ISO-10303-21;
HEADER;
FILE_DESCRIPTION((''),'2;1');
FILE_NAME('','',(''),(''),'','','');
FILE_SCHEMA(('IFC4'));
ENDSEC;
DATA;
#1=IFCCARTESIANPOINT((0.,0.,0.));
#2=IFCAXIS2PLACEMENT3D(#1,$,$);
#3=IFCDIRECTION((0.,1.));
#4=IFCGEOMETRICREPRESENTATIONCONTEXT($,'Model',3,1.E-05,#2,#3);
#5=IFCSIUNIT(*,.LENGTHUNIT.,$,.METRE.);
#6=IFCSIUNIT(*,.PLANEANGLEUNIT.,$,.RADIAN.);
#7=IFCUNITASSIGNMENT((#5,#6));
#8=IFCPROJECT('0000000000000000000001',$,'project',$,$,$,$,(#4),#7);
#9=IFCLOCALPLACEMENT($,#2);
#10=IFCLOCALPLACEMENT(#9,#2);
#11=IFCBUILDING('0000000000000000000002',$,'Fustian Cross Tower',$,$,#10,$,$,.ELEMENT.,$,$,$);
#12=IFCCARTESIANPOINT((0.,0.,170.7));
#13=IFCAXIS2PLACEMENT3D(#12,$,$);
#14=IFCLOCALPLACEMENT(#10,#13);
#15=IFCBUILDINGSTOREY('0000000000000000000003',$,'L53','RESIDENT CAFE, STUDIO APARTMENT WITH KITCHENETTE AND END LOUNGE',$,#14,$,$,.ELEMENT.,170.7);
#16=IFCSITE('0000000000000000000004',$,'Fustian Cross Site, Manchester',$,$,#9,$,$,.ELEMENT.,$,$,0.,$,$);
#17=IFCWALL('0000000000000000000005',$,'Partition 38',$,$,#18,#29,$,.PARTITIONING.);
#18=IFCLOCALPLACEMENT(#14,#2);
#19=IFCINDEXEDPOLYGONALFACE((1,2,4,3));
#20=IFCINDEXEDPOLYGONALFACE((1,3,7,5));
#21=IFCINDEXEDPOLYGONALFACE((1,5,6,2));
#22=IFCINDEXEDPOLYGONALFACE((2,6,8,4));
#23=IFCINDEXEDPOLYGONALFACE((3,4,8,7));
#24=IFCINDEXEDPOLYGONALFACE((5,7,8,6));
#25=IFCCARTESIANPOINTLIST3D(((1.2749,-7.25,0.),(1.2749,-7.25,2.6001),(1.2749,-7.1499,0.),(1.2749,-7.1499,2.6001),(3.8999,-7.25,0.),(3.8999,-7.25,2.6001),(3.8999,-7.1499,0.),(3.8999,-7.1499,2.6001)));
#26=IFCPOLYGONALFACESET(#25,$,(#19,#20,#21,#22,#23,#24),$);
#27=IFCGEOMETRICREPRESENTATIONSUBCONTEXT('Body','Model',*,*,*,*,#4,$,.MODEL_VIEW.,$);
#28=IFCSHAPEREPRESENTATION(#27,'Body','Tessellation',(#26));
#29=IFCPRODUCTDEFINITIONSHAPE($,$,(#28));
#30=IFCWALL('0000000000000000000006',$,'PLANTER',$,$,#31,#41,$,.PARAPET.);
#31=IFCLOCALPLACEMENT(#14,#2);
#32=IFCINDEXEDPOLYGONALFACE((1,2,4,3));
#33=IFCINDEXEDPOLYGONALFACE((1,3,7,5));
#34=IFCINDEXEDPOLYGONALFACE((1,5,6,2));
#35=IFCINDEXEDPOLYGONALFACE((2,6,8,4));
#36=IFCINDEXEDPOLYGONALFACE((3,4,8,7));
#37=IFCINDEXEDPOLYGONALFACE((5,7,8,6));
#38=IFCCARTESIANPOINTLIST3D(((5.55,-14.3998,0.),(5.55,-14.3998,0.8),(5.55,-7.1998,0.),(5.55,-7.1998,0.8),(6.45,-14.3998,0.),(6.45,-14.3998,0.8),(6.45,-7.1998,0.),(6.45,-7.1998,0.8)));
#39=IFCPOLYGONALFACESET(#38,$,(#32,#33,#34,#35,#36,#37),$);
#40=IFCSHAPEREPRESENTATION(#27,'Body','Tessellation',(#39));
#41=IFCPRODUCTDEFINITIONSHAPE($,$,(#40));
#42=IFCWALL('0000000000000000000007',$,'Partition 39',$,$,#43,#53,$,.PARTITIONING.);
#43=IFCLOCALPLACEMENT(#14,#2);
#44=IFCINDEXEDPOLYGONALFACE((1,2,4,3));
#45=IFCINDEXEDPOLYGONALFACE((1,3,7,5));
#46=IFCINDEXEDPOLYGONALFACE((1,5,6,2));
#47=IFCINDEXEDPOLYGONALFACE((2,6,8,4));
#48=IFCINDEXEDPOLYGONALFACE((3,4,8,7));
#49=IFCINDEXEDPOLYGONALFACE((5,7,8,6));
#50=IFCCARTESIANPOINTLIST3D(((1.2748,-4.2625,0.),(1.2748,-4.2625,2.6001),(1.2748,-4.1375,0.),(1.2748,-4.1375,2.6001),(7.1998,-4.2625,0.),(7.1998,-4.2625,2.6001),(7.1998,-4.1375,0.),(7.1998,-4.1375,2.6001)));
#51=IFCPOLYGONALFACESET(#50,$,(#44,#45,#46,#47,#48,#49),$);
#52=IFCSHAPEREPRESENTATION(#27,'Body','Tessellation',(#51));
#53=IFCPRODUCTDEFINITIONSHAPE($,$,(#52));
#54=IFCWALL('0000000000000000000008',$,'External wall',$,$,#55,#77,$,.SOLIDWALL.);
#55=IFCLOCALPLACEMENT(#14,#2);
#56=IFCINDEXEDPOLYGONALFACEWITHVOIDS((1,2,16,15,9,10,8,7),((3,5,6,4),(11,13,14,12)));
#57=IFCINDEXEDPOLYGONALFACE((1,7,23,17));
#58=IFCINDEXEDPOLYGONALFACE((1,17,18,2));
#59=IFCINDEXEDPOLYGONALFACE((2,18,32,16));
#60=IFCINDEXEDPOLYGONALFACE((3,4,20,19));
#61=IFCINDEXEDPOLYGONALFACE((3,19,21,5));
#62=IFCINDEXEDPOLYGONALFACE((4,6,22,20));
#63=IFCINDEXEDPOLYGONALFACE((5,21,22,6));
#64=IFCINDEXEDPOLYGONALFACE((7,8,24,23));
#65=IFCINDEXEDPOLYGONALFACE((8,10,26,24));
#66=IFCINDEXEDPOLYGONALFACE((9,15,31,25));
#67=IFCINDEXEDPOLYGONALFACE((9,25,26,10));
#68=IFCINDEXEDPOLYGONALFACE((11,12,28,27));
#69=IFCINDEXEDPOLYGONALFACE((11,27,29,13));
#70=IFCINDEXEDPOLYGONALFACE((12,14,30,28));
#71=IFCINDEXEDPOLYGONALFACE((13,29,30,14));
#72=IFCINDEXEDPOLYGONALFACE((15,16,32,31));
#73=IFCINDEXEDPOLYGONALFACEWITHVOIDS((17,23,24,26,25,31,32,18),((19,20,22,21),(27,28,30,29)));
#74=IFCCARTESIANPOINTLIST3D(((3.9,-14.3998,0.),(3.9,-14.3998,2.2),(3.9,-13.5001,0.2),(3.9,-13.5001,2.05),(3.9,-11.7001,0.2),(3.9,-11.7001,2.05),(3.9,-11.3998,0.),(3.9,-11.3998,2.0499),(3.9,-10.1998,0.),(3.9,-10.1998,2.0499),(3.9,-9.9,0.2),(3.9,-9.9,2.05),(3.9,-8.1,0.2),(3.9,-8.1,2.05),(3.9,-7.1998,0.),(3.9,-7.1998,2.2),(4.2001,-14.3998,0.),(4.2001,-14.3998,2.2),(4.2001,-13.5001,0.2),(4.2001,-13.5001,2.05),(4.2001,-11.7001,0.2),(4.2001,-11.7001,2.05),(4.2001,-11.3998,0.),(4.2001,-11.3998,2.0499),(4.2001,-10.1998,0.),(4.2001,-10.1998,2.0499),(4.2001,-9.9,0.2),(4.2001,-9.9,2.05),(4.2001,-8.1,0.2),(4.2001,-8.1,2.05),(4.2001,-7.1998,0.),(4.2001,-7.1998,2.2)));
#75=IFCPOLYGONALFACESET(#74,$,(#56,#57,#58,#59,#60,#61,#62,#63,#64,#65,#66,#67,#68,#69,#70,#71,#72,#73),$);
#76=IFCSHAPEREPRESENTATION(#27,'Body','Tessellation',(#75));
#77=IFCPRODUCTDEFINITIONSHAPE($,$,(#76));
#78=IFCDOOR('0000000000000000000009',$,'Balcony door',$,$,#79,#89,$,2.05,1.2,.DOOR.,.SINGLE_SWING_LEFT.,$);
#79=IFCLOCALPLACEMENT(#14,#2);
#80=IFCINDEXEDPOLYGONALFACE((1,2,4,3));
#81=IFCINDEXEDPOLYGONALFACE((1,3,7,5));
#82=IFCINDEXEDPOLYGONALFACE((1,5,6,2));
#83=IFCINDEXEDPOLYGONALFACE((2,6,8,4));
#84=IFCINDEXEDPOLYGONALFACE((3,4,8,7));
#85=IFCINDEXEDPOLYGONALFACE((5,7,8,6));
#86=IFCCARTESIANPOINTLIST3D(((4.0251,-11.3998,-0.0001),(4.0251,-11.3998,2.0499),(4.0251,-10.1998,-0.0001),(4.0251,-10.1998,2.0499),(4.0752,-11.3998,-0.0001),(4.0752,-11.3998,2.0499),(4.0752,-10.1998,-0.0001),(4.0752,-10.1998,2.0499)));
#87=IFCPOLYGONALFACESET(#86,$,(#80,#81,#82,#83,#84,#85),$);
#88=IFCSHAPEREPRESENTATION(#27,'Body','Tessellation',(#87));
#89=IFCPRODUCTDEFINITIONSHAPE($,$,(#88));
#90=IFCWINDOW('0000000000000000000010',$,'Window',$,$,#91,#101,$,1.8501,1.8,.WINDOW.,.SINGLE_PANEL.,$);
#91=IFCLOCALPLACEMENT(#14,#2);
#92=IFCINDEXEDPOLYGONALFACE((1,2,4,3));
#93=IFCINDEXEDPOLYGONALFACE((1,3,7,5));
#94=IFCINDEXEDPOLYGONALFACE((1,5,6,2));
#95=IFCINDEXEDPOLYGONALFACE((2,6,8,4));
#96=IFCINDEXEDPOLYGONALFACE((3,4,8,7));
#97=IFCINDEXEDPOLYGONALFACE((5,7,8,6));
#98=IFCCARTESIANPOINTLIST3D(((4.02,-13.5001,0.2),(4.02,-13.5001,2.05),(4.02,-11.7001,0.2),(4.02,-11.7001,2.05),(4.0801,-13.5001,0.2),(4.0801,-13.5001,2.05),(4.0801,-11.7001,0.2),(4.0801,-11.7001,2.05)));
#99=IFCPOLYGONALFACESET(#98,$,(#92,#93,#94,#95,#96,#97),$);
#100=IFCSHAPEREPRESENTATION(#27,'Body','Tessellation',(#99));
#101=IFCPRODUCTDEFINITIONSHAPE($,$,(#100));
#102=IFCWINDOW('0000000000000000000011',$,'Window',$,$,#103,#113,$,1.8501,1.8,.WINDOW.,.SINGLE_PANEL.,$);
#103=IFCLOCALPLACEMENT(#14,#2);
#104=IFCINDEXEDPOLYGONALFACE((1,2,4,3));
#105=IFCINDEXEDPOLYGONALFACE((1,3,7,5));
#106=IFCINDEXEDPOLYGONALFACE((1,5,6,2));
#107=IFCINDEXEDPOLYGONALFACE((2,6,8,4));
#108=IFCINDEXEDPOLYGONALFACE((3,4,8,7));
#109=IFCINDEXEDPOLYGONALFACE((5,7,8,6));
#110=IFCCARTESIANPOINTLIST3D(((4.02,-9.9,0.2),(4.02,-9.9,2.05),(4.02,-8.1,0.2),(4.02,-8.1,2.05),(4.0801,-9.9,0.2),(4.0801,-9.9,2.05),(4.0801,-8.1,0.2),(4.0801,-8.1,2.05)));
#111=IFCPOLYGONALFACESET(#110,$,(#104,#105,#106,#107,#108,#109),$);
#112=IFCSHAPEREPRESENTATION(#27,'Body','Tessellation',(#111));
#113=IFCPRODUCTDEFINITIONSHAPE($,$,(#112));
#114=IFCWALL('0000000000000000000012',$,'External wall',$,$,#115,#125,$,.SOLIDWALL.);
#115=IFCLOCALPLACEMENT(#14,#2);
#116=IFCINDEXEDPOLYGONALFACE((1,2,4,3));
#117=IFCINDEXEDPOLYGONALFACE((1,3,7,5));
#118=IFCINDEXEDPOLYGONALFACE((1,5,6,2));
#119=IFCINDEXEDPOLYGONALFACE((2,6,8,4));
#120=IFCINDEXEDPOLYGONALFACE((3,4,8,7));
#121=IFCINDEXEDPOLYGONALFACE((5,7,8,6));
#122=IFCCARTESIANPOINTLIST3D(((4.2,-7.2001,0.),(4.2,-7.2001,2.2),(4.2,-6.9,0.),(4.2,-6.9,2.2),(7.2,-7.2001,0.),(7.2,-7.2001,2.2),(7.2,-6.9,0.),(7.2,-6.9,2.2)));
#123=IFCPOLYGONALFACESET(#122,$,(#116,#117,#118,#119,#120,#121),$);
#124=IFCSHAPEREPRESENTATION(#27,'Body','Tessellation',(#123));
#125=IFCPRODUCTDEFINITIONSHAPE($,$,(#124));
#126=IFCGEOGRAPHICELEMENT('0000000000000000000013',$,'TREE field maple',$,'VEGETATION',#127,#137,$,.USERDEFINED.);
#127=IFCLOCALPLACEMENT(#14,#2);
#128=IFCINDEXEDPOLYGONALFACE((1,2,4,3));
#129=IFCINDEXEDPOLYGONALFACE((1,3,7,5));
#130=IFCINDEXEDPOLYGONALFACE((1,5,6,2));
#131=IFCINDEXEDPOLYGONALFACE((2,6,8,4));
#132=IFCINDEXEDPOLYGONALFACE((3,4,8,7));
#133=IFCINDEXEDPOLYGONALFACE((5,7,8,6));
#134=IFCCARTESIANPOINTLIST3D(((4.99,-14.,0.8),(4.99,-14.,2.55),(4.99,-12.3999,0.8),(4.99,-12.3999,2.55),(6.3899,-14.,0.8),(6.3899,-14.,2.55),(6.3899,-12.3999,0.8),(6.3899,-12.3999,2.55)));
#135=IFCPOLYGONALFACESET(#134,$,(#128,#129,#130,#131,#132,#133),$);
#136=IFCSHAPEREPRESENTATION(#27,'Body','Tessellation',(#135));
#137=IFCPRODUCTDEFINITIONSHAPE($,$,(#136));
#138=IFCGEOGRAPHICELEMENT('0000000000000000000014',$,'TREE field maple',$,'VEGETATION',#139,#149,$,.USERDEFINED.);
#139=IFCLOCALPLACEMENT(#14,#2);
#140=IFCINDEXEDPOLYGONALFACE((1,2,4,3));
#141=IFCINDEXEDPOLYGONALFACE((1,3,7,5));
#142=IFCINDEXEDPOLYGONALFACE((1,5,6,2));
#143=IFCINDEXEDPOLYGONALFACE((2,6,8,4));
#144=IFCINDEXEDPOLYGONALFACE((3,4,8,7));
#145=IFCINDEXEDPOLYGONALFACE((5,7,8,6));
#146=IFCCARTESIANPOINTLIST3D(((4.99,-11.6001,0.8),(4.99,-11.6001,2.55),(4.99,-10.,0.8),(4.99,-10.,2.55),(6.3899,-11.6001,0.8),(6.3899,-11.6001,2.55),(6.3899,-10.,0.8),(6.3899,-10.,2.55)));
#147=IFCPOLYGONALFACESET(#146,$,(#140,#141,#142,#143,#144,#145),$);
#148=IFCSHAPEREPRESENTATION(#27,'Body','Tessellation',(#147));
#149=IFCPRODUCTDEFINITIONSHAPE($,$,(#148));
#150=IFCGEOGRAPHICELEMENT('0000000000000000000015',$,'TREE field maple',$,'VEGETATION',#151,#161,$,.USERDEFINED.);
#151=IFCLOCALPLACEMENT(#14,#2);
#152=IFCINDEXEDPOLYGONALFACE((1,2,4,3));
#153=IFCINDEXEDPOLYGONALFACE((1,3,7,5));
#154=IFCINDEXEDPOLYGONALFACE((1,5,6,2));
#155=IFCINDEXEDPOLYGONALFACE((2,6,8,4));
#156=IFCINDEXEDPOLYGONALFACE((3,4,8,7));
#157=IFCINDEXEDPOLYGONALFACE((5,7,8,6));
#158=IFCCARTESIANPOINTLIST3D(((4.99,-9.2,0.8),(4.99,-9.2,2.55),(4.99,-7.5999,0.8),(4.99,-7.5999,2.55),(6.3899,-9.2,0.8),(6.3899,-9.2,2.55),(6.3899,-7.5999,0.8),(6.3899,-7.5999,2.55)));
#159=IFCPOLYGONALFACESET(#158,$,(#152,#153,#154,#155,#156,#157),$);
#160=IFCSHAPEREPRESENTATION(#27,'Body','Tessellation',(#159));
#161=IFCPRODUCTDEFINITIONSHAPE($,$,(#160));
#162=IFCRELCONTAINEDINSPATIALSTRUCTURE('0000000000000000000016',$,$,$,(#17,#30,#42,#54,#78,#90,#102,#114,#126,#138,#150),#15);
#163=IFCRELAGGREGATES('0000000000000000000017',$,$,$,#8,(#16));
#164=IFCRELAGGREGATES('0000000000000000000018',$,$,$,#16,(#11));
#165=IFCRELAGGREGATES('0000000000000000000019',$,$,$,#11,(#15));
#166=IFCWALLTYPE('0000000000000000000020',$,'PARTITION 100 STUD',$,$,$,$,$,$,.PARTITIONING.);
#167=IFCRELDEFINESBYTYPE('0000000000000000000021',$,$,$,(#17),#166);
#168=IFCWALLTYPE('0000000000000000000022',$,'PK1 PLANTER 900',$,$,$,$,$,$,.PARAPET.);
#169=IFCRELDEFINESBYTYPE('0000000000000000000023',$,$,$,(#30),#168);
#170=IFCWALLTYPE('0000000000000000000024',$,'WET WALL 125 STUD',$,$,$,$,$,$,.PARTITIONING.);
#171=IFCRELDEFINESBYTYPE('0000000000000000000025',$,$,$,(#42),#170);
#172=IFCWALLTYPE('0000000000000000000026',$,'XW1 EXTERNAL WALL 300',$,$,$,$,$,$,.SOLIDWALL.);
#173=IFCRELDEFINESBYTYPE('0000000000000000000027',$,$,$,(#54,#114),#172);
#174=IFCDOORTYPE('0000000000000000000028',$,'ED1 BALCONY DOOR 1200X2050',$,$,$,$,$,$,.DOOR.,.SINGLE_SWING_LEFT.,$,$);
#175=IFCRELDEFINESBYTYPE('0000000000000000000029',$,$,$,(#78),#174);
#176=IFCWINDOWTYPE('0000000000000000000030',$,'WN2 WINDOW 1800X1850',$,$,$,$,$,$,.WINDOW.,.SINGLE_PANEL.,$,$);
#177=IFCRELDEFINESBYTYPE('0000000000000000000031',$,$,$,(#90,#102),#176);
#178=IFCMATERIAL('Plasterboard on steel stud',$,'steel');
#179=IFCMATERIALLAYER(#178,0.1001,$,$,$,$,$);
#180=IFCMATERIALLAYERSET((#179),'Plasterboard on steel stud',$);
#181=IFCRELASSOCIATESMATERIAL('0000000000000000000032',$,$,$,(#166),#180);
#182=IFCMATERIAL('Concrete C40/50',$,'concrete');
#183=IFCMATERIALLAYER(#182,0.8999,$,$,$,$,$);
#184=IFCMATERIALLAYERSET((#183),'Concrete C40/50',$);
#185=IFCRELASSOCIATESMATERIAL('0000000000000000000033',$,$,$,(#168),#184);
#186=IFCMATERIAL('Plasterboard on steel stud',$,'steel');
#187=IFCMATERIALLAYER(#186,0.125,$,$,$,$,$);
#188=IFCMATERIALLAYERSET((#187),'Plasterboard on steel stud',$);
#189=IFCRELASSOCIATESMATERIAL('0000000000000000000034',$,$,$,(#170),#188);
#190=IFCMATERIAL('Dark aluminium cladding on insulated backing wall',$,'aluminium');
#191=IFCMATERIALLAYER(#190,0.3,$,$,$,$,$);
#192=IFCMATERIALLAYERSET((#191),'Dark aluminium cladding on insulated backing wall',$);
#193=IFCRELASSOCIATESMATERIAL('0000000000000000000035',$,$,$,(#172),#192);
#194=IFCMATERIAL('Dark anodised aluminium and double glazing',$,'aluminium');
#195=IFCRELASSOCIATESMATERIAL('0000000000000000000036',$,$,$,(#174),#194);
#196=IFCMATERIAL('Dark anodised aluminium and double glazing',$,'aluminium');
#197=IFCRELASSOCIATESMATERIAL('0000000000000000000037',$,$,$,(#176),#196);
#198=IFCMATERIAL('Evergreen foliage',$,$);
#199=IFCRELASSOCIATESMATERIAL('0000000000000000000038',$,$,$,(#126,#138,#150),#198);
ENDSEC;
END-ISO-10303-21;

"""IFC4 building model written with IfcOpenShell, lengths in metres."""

from ifc_helpers import new_model, si_unit, direction, frame, frame_2d, origin, origin_2d, place, context, subcontext, project, spatial, rectangle, extrude, material, layer, layer_set, type_object, element, fill, save


model = new_model("IFC4")

# Units and contexts
model_context = context("Model", 3, precision=1e-05, world=origin(), true_north=direction((0.0, 1.0)))
body_context = subcontext(model_context, "Body", "Model", "MODEL_VIEW")
ifc_project = project(units=[si_unit("LENGTHUNIT", "METRE"), si_unit("PLANEANGLEUNIT", "RADIAN")], contexts=[model_context])

# Site, building, storey
site_placement = place(None, origin())
site = spatial("IfcSite", under=ifc_project, at=site_placement, Name="Fustian Cross Site, Manchester", CompositionType="ELEMENT", RefElevation=0.0)
building_placement = place(site_placement, origin())
building = spatial("IfcBuilding", under=site, at=building_placement, Name="Fustian Cross Tower", CompositionType="ELEMENT")
storey_placement = place(building_placement, frame((0.0, 0.0, 170.7)))
storey = spatial("IfcBuildingStorey", under=building, at=storey_placement, Name="L53", Description="RESIDENT CAFE, STUDIO APARTMENT WITH KITCHENETTE AND END LOUNGE", CompositionType="ELEMENT", Elevation=170.7)

# Walls
ifc_material_1 = material(Name="Plasterboard on steel stud", Category="steel")
ifc_layer_1 = layer(ifc_material_1, 0.1001)
ifc_layer_set_1 = layer_set([ifc_layer_1], Name="Plasterboard on steel stud")
wall_type_1 = type_object("IfcWallType", Name="PARTITION 100 STUD", PredefinedType="PARTITIONING", material=ifc_layer_set_1)
for number, where, z_axis, x_axis, name in (
    (1, (1.2749, -7.2, 0.0), (0.0, 0.0, 1.0), (1.0, 0.0, 0.0), "Partition 38"),
):
    element("IfcWall", number, at=place(storey_placement, frame(where, z_axis=z_axis, x_axis=x_axis)), inside=storey, type_object=wall_type_1, Name=name, PredefinedType="PARTITIONING", context=body_context, shape_type="SweptSolid", body=[
        extrude(rectangle(XDim=2.625, YDim=0.1001, at=frame_2d((1.3125, 0.0))), origin(), (0.0, 0.0, 1.0), 2.6001),
    ])
ifc_material_2 = material(Name="Concrete C40/50", Category="concrete")
ifc_layer_2 = layer(ifc_material_2, 0.8999)
ifc_layer_set_2 = layer_set([ifc_layer_2], Name="Concrete C40/50")
wall_type_2 = type_object("IfcWallType", Name="PK1 PLANTER 900", PredefinedType="PARAPET", material=ifc_layer_set_2)
wall_1_placement = place(storey_placement, frame((6.0, -14.3999, 0.0), z_axis=(0.0, 0.0, 1.0), x_axis=(0.0, 1.0, 0.0)))
element("IfcWall", 2, at=wall_1_placement, inside=storey, type_object=wall_type_2, Name="PLANTER", PredefinedType="PARAPET", context=body_context, shape_type="SweptSolid", body=[
    extrude(rectangle(XDim=7.2, YDim=0.8999, at=frame_2d((3.6001, 0.0))), origin(), (0.0, 0.0, 1.0), 0.8),
])
ifc_material_3 = material(Name="Plasterboard on steel stud", Category="steel")
ifc_layer_3 = layer(ifc_material_3, 0.125)
ifc_layer_set_3 = layer_set([ifc_layer_3], Name="Plasterboard on steel stud")
wall_type_3 = type_object("IfcWallType", Name="WET WALL 125 STUD", PredefinedType="PARTITIONING", material=ifc_layer_set_3)
wall_2_placement = place(storey_placement, frame((1.2749, -4.2, 0.0), z_axis=(0.0, 0.0, 1.0), x_axis=(1.0, 0.0, 0.0)))
element("IfcWall", 3, at=wall_2_placement, inside=storey, type_object=wall_type_3, Name="Partition 39", PredefinedType="PARTITIONING", context=body_context, shape_type="SweptSolid", body=[
    extrude(rectangle(XDim=5.925, YDim=0.125, at=frame_2d((2.9624, 0.0))), origin(), (0.0, 0.0, 1.0), 2.6001),
])

# Wall, openings, door, windows
ifc_material_4 = material(Name="Dark aluminium cladding on insulated backing wall", Category="aluminium")
ifc_layer_4 = layer(ifc_material_4, 0.3)
ifc_layer_set_4 = layer_set([ifc_layer_4], Name="Dark aluminium cladding on insulated backing wall")
wall_type_4 = type_object("IfcWallType", Name="XW1 EXTERNAL WALL 300", PredefinedType="SOLIDWALL", material=ifc_layer_set_4)
wall_3_placement = place(storey_placement, frame((4.05, -14.3999, 0.0), z_axis=(0.0, 0.0, 1.0), x_axis=(0.0, 1.0, 0.0)))
wall_3 = element("IfcWall", 4, at=wall_3_placement, inside=storey, type_object=wall_type_4, Name="External wall", PredefinedType="SOLIDWALL", context=body_context, shape_type="SweptSolid", body=[
    extrude(rectangle(XDim=7.2, YDim=0.3, at=frame_2d((3.6001, 0.0))), origin(), (0.0, 0.0, 1.0), 2.2),
])
opening_1_placement = place(wall_3_placement, frame((3.0, 0.0, 0.0)))
opening_1 = element("IfcOpeningElement", 5, at=opening_1_placement, cuts=wall_3, PredefinedType="OPENING", context=body_context, shape_type="SweptSolid", body=[
    extrude(rectangle(XDim=1.2, YDim=2.05, at=frame_2d((0.6001, 1.0249))), frame((0.0, 0.1599, 0.0), z_axis=(0.0, -1.0, 0.0), x_axis=(1.0, 0.0, 0.0)), (0.0, 0.0, 1.0), 0.3201),
])
opening_2_placement = place(wall_3_placement, frame((0.8999, 0.0, 0.2)))
opening_2 = element("IfcOpeningElement", 6, at=opening_2_placement, cuts=wall_3, PredefinedType="OPENING", context=body_context, shape_type="SweptSolid", body=[
    extrude(rectangle(XDim=1.8, YDim=1.8501, at=frame_2d((0.8999, 0.925))), frame((0.0, 0.1599, 0.0), z_axis=(0.0, -1.0, 0.0), x_axis=(1.0, 0.0, 0.0)), (0.0, 0.0, 1.0), 0.3201),
])
opening_3_placement = place(wall_3_placement, frame((4.5, 0.0, 0.2)))
opening_3 = element("IfcOpeningElement", 7, at=opening_3_placement, cuts=wall_3, PredefinedType="OPENING", context=body_context, shape_type="SweptSolid", body=[
    extrude(rectangle(XDim=1.8, YDim=1.8501, at=frame_2d((0.8999, 0.925))), frame((0.0, 0.1599, 0.0), z_axis=(0.0, -1.0, 0.0), x_axis=(1.0, 0.0, 0.0)), (0.0, 0.0, 1.0), 0.3201),
])
ifc_material_5 = material(Name="Dark anodised aluminium and double glazing", Category="aluminium")
door_type_1 = type_object("IfcDoorType", Name="ED1 BALCONY DOOR 1200X2050", OperationType="SINGLE_SWING_LEFT", PredefinedType="DOOR", material=ifc_material_5)
door_1_placement = place(opening_1_placement, origin())
door_1 = element("IfcDoor", 8, at=door_1_placement, inside=storey, type_object=door_type_1, Name="Balcony door", OperationType="SINGLE_SWING_LEFT", OverallHeight=2.05, OverallWidth=1.2, PredefinedType="DOOR", context=body_context, shape_type="SweptSolid", body=[
    extrude(rectangle(XDim=1.2, YDim=2.05, at=frame_2d((0.6001, 1.0249))), frame((0.0, 0.0249, 0.0), z_axis=(0.0, -1.0, 0.0), x_axis=(1.0, 0.0, 0.0)), (0.0, 0.0, 1.0), 0.05),
])
fill(opening_1, door_1)
ifc_material_6 = material(Name="Dark anodised aluminium and double glazing", Category="aluminium")
window_type = type_object("IfcWindowType", Name="WN2 WINDOW 1800X1850", PartitioningType="SINGLE_PANEL", PredefinedType="WINDOW", material=ifc_material_6)
window_1_placement = place(opening_2_placement, origin())
window_1 = element("IfcWindow", 9, at=window_1_placement, inside=storey, type_object=window_type, Name="Window", OverallHeight=1.8501, OverallWidth=1.8, PartitioningType="SINGLE_PANEL", PredefinedType="WINDOW", context=body_context, shape_type="SweptSolid", body=[
    extrude(rectangle(XDim=1.8, YDim=1.8501, at=frame_2d((0.8999, 0.925))), frame((0.0, 0.03, 0.0), z_axis=(0.0, -1.0, 0.0), x_axis=(1.0, 0.0, 0.0)), (0.0, 0.0, 1.0), 0.0601),
])
fill(opening_2, window_1)
window_2_placement = place(opening_3_placement, origin())
window_2 = element("IfcWindow", 10, at=window_2_placement, inside=storey, type_object=window_type, Name="Window", OverallHeight=1.8501, OverallWidth=1.8, PartitioningType="SINGLE_PANEL", PredefinedType="WINDOW", context=body_context, shape_type="SweptSolid", body=[
    extrude(rectangle(XDim=1.8, YDim=1.8501, at=frame_2d((0.8999, 0.925))), frame((0.0, 0.03, 0.0), z_axis=(0.0, -1.0, 0.0), x_axis=(1.0, 0.0, 0.0)), (0.0, 0.0, 1.0), 0.0601),
])
fill(opening_3, window_2)

# Wall
wall_4_placement = place(storey_placement, frame((4.2, -7.05, 0.0), z_axis=(0.0, 0.0, 1.0), x_axis=(1.0, 0.0, 0.0)))
element("IfcWall", 11, at=wall_4_placement, inside=storey, type_object=wall_type_4, Name="External wall", PredefinedType="SOLIDWALL", context=body_context, shape_type="SweptSolid", body=[
    extrude(rectangle(XDim=3.0, YDim=0.3, at=frame_2d((1.5, 0.0))), origin(), (0.0, 0.0, 1.0), 2.2),
])

# Geographic elements
ifc_material_7 = material(Name="Evergreen foliage")
for number, where, z_axis, x_axis, name in (
    (12, (5.6899, -13.2, 0.8), (0.0, 0.0, 1.0), (1.0, 0.0, 0.0), "TREE field maple"),
    (13, (5.6899, -10.8, 0.8), (0.0, 0.0, 1.0), (1.0, 0.0, 0.0), "TREE field maple"),
    (14, (5.6899, -8.3999, 0.8), (0.0, 0.0, 1.0), (1.0, 0.0, 0.0), "TREE field maple"),
):
    element("IfcGeographicElement", number, at=place(storey_placement, frame(where, z_axis=z_axis, x_axis=x_axis)), inside=storey, material=ifc_material_7, Name=name, ObjectType="VEGETATION", PredefinedType="USERDEFINED", context=body_context, shape_type="SweptSolid", body=[
        extrude(rectangle(XDim=1.3999, YDim=1.6001, at=origin_2d()), origin(), (0.0, 0.0, 1.0), 1.75),
    ])

save(model, "model.ifc")
